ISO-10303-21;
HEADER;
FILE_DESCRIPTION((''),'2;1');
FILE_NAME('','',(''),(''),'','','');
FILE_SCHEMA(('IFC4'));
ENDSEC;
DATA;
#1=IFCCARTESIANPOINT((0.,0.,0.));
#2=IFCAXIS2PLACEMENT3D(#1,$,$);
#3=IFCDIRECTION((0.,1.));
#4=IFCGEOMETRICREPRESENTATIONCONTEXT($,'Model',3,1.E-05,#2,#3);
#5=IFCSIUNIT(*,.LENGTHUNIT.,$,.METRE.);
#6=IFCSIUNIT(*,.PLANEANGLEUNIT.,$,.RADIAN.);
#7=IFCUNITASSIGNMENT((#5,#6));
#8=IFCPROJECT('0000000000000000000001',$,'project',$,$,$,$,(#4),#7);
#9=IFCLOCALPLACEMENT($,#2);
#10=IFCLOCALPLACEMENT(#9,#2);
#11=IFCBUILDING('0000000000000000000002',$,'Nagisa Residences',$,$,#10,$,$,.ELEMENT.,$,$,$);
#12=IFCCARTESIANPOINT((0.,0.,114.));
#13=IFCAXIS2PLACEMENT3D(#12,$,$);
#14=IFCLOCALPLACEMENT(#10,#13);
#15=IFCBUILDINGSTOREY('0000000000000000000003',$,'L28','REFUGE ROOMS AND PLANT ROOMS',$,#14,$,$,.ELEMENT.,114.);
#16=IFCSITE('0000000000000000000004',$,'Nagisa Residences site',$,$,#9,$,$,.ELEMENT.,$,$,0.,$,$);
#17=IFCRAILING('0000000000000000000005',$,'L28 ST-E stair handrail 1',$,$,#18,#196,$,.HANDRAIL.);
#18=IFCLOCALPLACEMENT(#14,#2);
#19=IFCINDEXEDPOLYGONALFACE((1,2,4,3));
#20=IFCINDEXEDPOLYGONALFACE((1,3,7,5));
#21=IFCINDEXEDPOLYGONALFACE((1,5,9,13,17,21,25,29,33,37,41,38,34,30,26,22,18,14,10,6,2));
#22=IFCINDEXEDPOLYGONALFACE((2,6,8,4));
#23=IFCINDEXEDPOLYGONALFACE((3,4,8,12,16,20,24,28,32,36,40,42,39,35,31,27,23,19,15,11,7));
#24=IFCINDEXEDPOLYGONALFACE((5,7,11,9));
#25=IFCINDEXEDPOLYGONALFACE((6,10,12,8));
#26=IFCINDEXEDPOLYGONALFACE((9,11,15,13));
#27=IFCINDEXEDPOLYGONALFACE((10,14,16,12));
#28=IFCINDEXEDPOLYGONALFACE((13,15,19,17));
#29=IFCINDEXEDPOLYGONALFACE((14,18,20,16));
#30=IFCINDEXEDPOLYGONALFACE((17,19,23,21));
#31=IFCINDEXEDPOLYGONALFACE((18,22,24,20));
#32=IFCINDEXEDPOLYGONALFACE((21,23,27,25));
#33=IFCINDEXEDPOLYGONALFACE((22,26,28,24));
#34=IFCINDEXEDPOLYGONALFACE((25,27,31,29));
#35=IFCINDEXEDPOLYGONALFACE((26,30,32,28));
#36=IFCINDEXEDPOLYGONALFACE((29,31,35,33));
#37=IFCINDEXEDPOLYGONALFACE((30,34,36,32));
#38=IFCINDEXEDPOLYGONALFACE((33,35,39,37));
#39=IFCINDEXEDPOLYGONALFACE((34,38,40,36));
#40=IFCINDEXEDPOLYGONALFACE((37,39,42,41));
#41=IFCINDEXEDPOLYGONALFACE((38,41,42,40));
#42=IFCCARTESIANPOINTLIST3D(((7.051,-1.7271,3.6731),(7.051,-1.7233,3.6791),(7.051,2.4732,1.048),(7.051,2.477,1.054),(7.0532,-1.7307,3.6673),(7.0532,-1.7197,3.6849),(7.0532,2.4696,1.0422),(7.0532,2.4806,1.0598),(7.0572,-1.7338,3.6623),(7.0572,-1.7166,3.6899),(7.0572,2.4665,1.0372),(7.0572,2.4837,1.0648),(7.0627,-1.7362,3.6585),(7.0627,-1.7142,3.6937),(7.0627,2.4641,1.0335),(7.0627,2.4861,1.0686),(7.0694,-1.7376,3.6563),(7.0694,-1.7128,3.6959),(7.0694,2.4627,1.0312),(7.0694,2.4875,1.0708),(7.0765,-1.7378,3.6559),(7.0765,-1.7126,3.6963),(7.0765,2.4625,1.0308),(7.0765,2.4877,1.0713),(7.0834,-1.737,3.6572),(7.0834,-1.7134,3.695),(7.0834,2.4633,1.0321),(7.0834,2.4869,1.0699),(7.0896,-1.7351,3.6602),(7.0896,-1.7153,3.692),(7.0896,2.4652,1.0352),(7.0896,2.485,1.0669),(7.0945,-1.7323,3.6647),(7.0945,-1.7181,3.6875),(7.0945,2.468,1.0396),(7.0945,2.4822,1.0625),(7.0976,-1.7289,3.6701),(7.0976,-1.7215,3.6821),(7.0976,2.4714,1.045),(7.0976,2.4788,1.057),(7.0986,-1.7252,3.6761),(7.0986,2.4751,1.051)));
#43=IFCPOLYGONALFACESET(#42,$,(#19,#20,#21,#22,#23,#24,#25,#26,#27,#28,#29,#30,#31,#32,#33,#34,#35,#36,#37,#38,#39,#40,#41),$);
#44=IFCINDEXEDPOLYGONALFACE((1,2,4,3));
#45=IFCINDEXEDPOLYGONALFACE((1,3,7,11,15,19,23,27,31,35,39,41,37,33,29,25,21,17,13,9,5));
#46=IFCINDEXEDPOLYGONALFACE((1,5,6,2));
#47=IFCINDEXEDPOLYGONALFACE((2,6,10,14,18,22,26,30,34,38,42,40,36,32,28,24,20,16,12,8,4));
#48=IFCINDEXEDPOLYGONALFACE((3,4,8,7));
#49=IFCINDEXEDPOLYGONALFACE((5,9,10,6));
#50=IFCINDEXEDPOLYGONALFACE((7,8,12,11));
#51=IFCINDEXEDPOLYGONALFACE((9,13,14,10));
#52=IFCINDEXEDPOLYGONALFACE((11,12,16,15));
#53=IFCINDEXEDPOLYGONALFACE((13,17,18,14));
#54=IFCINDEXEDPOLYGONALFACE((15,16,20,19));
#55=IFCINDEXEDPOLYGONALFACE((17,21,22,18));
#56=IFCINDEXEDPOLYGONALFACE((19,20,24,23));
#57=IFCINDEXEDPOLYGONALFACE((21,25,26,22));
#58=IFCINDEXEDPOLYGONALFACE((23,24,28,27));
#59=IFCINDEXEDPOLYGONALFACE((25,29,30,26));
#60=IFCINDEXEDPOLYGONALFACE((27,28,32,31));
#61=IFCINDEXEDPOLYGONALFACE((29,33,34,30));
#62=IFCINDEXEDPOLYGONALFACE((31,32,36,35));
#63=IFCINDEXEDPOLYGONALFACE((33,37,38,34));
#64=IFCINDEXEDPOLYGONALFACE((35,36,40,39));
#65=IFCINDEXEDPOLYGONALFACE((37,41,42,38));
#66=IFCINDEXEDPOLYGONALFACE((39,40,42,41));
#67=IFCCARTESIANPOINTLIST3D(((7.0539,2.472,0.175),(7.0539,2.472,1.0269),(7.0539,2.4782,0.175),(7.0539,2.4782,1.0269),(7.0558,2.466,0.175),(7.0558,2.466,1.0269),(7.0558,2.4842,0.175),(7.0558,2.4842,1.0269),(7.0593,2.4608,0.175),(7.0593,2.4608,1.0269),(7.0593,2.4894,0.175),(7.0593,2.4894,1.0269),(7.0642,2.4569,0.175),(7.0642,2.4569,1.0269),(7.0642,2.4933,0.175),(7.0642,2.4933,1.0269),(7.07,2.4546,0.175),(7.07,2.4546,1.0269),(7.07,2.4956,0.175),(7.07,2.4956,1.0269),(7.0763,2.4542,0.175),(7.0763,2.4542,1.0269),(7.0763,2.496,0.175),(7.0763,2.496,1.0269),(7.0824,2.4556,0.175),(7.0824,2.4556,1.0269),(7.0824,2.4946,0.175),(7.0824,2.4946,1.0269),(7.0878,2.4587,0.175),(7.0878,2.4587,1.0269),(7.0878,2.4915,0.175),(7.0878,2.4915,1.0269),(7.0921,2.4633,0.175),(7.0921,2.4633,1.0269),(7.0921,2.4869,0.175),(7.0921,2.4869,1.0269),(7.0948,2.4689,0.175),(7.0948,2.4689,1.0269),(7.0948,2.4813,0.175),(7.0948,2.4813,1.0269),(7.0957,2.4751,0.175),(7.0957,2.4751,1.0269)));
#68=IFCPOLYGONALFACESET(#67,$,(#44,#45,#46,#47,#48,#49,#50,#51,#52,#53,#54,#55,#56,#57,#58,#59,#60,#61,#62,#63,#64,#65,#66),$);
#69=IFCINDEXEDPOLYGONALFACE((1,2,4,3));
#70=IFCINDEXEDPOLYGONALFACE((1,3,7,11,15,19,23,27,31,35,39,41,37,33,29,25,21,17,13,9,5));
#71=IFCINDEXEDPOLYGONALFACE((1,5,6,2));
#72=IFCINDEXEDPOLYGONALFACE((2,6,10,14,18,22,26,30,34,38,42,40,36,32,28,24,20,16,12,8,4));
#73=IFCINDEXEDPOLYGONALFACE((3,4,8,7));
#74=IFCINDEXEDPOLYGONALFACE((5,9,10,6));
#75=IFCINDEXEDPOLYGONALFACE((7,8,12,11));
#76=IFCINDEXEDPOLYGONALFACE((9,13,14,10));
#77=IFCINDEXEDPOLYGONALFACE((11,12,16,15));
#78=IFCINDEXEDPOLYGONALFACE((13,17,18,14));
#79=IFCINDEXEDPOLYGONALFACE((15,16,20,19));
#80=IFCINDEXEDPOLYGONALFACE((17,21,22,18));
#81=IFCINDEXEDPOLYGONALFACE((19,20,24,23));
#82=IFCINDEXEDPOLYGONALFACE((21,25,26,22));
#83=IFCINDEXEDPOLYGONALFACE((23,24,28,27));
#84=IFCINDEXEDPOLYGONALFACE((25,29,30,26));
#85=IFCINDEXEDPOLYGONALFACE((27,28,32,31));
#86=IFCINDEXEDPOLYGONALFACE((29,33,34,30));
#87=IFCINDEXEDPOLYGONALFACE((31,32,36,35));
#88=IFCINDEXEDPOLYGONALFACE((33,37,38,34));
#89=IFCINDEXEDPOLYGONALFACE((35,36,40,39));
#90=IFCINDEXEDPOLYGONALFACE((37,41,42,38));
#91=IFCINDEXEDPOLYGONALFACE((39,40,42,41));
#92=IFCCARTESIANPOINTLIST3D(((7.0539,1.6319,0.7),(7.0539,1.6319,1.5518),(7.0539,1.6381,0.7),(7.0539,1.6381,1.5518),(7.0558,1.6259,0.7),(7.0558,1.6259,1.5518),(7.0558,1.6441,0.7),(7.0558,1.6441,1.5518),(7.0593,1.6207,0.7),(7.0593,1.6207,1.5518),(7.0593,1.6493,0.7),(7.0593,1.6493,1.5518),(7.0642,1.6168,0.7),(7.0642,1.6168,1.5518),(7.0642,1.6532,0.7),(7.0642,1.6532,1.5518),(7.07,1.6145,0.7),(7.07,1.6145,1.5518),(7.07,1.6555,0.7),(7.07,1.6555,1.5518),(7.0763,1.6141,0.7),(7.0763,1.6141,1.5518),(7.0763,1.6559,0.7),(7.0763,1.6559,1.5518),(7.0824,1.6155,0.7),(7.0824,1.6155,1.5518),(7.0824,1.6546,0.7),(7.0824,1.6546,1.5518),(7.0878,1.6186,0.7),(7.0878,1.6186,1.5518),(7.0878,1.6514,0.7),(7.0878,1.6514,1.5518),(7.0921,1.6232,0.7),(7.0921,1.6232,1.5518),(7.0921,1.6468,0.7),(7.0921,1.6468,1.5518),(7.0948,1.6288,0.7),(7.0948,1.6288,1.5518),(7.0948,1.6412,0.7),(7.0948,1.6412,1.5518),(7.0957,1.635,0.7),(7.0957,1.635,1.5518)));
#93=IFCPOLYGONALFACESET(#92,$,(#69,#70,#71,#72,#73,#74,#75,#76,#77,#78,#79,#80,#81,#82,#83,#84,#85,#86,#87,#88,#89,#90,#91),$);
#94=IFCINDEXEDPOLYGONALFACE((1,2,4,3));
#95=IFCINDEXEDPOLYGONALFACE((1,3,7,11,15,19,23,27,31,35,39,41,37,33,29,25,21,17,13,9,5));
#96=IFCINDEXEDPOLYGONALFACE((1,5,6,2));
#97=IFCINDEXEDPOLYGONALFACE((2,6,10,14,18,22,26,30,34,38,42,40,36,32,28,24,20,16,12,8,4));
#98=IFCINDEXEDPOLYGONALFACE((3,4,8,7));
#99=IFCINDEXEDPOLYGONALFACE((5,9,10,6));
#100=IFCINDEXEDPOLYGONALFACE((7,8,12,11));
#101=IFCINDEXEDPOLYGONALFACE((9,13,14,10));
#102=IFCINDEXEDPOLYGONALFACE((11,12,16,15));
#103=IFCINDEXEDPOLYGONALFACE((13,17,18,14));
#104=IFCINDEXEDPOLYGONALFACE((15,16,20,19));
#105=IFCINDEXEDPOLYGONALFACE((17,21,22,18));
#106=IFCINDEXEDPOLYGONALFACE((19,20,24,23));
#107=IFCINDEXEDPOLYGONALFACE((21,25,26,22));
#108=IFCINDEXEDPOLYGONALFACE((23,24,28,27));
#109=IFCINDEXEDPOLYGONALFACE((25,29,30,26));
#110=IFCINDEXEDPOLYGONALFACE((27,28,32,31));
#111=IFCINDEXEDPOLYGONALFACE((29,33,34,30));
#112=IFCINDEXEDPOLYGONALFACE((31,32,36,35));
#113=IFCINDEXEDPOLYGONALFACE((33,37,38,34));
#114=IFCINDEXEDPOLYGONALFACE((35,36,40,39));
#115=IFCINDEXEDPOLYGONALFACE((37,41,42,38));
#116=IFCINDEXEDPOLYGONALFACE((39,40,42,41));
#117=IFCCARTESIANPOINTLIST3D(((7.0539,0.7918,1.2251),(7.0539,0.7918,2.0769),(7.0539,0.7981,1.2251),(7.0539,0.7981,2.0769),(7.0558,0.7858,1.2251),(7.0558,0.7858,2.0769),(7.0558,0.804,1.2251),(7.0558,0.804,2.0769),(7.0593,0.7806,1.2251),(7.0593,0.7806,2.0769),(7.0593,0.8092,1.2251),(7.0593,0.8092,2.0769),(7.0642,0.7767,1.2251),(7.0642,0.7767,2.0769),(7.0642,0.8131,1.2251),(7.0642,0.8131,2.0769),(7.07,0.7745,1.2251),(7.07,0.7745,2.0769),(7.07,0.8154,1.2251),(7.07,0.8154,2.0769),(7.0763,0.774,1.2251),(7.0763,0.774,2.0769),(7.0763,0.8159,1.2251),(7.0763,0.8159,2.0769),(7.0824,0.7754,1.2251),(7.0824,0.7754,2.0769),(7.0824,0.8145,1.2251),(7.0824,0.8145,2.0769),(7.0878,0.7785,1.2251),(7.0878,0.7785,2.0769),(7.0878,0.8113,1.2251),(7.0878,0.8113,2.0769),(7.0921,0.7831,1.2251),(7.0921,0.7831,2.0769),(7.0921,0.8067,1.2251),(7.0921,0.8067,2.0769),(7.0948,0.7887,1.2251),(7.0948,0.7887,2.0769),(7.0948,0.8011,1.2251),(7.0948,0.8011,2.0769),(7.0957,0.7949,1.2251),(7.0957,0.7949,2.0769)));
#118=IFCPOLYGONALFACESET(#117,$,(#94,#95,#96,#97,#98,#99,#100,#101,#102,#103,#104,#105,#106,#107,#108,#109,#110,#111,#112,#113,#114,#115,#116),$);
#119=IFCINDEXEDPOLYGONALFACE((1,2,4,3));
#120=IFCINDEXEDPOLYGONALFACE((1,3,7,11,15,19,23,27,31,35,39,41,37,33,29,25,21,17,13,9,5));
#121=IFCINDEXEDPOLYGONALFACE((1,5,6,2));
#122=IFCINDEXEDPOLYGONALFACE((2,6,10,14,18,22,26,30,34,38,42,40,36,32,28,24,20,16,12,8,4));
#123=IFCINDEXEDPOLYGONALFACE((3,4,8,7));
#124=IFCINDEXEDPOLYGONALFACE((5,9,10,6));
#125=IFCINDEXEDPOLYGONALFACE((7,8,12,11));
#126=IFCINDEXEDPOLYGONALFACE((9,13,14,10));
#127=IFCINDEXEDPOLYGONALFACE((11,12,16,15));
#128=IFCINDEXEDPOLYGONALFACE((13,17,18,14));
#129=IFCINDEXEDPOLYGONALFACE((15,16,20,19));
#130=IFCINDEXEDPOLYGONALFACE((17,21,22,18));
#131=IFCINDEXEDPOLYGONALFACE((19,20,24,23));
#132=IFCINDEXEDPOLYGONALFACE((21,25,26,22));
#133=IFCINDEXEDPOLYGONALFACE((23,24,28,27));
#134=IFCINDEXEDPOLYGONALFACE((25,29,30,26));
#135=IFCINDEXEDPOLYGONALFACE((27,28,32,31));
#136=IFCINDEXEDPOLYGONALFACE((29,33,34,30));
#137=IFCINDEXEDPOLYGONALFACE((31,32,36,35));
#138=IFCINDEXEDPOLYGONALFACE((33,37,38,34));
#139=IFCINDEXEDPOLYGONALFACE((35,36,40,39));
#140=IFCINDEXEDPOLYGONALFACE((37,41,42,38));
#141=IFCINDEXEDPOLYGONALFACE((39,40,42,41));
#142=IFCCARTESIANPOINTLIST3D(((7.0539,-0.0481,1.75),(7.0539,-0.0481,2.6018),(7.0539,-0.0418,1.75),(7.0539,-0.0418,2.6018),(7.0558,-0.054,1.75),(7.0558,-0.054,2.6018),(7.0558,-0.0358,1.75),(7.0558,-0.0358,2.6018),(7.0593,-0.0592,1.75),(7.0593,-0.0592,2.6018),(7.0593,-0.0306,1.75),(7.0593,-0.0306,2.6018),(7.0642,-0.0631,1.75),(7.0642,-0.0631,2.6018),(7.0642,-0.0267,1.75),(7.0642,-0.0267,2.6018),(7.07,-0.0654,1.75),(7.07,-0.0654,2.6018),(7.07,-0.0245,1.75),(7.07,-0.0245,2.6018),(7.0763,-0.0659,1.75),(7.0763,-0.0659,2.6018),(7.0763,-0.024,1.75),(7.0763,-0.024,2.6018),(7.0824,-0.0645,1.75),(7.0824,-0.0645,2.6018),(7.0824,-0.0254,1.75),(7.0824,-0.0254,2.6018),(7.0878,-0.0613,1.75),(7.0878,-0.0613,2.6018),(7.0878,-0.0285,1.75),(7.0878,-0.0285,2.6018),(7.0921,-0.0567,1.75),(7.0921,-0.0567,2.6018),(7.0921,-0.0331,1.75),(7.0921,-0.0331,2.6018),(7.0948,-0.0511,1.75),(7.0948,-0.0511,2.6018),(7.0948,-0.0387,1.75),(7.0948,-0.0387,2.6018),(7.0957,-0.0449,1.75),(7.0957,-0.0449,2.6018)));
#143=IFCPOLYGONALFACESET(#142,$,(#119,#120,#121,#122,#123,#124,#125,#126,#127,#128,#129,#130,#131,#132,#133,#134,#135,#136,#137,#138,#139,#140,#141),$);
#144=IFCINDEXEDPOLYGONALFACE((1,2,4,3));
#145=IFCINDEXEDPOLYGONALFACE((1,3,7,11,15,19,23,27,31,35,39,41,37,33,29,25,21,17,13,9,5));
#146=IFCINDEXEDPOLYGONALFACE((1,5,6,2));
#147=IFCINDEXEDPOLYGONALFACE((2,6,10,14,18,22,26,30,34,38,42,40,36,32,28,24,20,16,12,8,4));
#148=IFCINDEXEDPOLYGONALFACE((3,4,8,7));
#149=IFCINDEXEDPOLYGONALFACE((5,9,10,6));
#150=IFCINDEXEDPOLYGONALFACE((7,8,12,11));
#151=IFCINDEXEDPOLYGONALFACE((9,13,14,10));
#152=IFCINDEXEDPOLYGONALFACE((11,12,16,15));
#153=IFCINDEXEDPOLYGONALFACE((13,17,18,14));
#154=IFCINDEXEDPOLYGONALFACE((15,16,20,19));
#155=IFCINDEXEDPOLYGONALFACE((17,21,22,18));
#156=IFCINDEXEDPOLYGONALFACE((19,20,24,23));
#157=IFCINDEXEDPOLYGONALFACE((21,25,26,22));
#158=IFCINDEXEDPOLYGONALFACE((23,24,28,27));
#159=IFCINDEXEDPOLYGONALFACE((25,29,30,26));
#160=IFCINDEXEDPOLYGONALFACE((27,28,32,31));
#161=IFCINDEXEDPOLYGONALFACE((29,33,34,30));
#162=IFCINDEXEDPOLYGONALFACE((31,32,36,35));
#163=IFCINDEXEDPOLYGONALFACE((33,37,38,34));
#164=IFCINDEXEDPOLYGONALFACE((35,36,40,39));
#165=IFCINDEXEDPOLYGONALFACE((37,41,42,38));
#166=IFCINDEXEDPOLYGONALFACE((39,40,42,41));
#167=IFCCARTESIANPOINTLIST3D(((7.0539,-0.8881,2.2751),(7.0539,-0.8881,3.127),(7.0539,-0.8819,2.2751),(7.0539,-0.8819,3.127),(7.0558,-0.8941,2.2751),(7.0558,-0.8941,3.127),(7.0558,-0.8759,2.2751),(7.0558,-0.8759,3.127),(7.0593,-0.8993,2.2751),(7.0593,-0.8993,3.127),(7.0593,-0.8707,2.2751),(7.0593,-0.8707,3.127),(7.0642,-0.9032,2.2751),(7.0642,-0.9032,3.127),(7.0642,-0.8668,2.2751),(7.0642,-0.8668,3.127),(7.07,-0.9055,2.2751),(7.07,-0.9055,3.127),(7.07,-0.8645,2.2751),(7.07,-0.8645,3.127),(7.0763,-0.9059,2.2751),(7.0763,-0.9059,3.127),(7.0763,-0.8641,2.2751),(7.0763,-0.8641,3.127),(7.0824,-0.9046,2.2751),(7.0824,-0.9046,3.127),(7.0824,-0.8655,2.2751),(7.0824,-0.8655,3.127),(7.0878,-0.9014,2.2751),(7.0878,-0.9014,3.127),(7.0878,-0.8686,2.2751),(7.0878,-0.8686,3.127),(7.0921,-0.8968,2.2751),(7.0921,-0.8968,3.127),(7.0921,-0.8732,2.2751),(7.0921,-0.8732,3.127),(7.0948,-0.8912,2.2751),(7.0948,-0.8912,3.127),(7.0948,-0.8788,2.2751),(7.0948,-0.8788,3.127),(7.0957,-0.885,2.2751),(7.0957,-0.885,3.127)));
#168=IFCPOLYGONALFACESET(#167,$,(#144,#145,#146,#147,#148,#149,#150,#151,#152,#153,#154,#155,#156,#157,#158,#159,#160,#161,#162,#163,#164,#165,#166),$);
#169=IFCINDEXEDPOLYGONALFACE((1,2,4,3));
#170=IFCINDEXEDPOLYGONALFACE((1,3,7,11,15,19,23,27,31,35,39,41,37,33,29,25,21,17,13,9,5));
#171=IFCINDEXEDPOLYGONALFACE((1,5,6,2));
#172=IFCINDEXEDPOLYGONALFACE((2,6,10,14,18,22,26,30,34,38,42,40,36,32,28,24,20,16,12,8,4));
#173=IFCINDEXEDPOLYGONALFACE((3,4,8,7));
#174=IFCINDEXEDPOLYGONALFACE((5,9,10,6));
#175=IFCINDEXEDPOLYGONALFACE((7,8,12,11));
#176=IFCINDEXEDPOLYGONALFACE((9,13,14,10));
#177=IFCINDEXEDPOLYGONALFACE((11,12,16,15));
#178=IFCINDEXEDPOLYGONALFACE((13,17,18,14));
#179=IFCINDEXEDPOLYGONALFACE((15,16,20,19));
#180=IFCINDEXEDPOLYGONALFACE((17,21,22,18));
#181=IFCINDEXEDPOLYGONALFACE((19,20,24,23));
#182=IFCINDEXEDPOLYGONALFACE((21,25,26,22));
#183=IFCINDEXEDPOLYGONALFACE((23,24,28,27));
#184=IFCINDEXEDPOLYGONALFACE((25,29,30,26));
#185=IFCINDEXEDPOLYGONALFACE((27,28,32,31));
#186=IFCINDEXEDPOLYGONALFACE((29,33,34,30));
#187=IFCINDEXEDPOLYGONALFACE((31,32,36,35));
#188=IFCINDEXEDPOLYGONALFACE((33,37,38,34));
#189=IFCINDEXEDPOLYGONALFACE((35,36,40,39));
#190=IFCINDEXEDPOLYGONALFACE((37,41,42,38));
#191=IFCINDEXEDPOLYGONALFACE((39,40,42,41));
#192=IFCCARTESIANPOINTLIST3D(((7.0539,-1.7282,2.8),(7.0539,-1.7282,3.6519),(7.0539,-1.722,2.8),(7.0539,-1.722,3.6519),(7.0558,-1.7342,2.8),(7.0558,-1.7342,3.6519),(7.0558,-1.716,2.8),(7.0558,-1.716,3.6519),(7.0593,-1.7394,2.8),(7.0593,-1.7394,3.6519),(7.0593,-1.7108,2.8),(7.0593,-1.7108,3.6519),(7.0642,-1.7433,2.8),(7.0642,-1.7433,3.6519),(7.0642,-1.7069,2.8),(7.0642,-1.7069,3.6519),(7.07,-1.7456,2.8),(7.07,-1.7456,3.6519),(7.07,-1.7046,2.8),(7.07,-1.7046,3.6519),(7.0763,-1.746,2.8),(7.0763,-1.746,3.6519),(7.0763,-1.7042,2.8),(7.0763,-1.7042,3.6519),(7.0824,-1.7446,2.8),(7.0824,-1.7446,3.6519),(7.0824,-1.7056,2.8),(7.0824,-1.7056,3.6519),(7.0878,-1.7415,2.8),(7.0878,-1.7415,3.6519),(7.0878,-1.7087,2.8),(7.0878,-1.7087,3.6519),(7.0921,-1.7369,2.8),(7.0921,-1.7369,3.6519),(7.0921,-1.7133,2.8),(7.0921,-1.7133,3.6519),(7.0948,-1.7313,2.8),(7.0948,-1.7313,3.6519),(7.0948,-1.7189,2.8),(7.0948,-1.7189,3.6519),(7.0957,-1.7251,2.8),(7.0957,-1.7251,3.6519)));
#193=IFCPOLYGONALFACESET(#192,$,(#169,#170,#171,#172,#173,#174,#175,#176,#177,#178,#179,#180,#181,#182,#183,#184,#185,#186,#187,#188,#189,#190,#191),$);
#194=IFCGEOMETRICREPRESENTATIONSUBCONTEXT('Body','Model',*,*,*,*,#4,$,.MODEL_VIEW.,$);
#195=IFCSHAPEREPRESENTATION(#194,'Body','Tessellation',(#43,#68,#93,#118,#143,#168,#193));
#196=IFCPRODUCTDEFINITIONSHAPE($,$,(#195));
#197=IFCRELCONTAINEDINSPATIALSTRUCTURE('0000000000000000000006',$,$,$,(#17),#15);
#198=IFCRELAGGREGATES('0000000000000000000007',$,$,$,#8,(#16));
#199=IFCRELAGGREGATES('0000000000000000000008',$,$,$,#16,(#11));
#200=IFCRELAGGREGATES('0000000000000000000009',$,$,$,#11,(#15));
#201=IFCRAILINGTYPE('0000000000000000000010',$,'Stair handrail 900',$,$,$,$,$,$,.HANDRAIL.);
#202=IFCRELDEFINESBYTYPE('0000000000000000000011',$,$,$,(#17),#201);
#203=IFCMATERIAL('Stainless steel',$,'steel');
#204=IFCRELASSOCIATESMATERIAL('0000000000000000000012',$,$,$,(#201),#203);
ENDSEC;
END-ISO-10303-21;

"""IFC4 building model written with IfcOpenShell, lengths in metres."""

from ifc_helpers import new_model, si_unit, direction, frame, origin, origin_2d, place, context, subcontext, project, spatial, circle, extrude, material, type_object, element, save


model = new_model("IFC4")

# Units and contexts
model_context = context("Model", 3, precision=1e-05, world=origin(), true_north=direction((0.0, 1.0)))
body_context = subcontext(model_context, "Body", "Model", "MODEL_VIEW")
ifc_project = project(units=[si_unit("LENGTHUNIT", "METRE"), si_unit("PLANEANGLEUNIT", "RADIAN")], contexts=[model_context])

# Site, building, storey
site_placement = place(None, origin())
site = spatial("IfcSite", under=ifc_project, at=site_placement, Name="Nagisa Residences site", CompositionType="ELEMENT", RefElevation=0.0)
building_placement = place(site_placement, origin())
building = spatial("IfcBuilding", under=site, at=building_placement, Name="Nagisa Residences", CompositionType="ELEMENT")
storey_placement = place(building_placement, frame((0.0, 0.0, 114.0)))
storey = spatial("IfcBuildingStorey", under=building, at=storey_placement, Name="L28", Description="REFUGE ROOMS AND PLANT ROOMS", CompositionType="ELEMENT", Elevation=114.0)

# Railing
ifc_material_1 = material(Name="Stainless steel", Category="steel")
railing_type_1 = type_object("IfcRailingType", Name="Stair handrail 900", PredefinedType="HANDRAIL", material=ifc_material_1)
railing_1_placement = place(storey_placement, frame((7.0747, 2.4751, 0.175)))
element("IfcRailing", 1, at=railing_1_placement, inside=storey, type_object=railing_type_1, Name="L28 ST-E stair handrail 1", PredefinedType="HANDRAIL", context=body_context, shape_type="SweptSolid", body=[
    extrude(circle(Radius=0.0239, at=origin_2d()), frame((0.0, 0.0, 0.876), z_axis=(0.0, -0.848009, 0.529981), x_axis=(1.0, 0.0, 0.0)), (0.0, 0.0, 1.0), 4.9531),
    extrude(circle(Radius=0.021, at=origin_2d()), origin(), (0.0, 0.0, 1.0), 0.8518),
    extrude(circle(Radius=0.021, at=origin_2d()), frame((0.0, -0.8401, 0.5249)), (0.0, 0.0, 1.0), 0.8518),
    extrude(circle(Radius=0.021, at=origin_2d()), frame((0.0, -1.6802, 1.05)), (0.0, 0.0, 1.0), 0.8518),
    extrude(circle(Radius=0.021, at=origin_2d()), frame((0.0, -2.52, 1.575)), (0.0, 0.0, 1.0), 0.8518),
    extrude(circle(Radius=0.021, at=origin_2d()), frame((0.0, -3.3601, 2.1001)), (0.0, 0.0, 1.0), 0.8518),
    extrude(circle(Radius=0.021, at=origin_2d()), frame((0.0, -4.2002, 2.625)), (0.0, 0.0, 1.0), 0.8518),
])

save(model, "model.ifc")
